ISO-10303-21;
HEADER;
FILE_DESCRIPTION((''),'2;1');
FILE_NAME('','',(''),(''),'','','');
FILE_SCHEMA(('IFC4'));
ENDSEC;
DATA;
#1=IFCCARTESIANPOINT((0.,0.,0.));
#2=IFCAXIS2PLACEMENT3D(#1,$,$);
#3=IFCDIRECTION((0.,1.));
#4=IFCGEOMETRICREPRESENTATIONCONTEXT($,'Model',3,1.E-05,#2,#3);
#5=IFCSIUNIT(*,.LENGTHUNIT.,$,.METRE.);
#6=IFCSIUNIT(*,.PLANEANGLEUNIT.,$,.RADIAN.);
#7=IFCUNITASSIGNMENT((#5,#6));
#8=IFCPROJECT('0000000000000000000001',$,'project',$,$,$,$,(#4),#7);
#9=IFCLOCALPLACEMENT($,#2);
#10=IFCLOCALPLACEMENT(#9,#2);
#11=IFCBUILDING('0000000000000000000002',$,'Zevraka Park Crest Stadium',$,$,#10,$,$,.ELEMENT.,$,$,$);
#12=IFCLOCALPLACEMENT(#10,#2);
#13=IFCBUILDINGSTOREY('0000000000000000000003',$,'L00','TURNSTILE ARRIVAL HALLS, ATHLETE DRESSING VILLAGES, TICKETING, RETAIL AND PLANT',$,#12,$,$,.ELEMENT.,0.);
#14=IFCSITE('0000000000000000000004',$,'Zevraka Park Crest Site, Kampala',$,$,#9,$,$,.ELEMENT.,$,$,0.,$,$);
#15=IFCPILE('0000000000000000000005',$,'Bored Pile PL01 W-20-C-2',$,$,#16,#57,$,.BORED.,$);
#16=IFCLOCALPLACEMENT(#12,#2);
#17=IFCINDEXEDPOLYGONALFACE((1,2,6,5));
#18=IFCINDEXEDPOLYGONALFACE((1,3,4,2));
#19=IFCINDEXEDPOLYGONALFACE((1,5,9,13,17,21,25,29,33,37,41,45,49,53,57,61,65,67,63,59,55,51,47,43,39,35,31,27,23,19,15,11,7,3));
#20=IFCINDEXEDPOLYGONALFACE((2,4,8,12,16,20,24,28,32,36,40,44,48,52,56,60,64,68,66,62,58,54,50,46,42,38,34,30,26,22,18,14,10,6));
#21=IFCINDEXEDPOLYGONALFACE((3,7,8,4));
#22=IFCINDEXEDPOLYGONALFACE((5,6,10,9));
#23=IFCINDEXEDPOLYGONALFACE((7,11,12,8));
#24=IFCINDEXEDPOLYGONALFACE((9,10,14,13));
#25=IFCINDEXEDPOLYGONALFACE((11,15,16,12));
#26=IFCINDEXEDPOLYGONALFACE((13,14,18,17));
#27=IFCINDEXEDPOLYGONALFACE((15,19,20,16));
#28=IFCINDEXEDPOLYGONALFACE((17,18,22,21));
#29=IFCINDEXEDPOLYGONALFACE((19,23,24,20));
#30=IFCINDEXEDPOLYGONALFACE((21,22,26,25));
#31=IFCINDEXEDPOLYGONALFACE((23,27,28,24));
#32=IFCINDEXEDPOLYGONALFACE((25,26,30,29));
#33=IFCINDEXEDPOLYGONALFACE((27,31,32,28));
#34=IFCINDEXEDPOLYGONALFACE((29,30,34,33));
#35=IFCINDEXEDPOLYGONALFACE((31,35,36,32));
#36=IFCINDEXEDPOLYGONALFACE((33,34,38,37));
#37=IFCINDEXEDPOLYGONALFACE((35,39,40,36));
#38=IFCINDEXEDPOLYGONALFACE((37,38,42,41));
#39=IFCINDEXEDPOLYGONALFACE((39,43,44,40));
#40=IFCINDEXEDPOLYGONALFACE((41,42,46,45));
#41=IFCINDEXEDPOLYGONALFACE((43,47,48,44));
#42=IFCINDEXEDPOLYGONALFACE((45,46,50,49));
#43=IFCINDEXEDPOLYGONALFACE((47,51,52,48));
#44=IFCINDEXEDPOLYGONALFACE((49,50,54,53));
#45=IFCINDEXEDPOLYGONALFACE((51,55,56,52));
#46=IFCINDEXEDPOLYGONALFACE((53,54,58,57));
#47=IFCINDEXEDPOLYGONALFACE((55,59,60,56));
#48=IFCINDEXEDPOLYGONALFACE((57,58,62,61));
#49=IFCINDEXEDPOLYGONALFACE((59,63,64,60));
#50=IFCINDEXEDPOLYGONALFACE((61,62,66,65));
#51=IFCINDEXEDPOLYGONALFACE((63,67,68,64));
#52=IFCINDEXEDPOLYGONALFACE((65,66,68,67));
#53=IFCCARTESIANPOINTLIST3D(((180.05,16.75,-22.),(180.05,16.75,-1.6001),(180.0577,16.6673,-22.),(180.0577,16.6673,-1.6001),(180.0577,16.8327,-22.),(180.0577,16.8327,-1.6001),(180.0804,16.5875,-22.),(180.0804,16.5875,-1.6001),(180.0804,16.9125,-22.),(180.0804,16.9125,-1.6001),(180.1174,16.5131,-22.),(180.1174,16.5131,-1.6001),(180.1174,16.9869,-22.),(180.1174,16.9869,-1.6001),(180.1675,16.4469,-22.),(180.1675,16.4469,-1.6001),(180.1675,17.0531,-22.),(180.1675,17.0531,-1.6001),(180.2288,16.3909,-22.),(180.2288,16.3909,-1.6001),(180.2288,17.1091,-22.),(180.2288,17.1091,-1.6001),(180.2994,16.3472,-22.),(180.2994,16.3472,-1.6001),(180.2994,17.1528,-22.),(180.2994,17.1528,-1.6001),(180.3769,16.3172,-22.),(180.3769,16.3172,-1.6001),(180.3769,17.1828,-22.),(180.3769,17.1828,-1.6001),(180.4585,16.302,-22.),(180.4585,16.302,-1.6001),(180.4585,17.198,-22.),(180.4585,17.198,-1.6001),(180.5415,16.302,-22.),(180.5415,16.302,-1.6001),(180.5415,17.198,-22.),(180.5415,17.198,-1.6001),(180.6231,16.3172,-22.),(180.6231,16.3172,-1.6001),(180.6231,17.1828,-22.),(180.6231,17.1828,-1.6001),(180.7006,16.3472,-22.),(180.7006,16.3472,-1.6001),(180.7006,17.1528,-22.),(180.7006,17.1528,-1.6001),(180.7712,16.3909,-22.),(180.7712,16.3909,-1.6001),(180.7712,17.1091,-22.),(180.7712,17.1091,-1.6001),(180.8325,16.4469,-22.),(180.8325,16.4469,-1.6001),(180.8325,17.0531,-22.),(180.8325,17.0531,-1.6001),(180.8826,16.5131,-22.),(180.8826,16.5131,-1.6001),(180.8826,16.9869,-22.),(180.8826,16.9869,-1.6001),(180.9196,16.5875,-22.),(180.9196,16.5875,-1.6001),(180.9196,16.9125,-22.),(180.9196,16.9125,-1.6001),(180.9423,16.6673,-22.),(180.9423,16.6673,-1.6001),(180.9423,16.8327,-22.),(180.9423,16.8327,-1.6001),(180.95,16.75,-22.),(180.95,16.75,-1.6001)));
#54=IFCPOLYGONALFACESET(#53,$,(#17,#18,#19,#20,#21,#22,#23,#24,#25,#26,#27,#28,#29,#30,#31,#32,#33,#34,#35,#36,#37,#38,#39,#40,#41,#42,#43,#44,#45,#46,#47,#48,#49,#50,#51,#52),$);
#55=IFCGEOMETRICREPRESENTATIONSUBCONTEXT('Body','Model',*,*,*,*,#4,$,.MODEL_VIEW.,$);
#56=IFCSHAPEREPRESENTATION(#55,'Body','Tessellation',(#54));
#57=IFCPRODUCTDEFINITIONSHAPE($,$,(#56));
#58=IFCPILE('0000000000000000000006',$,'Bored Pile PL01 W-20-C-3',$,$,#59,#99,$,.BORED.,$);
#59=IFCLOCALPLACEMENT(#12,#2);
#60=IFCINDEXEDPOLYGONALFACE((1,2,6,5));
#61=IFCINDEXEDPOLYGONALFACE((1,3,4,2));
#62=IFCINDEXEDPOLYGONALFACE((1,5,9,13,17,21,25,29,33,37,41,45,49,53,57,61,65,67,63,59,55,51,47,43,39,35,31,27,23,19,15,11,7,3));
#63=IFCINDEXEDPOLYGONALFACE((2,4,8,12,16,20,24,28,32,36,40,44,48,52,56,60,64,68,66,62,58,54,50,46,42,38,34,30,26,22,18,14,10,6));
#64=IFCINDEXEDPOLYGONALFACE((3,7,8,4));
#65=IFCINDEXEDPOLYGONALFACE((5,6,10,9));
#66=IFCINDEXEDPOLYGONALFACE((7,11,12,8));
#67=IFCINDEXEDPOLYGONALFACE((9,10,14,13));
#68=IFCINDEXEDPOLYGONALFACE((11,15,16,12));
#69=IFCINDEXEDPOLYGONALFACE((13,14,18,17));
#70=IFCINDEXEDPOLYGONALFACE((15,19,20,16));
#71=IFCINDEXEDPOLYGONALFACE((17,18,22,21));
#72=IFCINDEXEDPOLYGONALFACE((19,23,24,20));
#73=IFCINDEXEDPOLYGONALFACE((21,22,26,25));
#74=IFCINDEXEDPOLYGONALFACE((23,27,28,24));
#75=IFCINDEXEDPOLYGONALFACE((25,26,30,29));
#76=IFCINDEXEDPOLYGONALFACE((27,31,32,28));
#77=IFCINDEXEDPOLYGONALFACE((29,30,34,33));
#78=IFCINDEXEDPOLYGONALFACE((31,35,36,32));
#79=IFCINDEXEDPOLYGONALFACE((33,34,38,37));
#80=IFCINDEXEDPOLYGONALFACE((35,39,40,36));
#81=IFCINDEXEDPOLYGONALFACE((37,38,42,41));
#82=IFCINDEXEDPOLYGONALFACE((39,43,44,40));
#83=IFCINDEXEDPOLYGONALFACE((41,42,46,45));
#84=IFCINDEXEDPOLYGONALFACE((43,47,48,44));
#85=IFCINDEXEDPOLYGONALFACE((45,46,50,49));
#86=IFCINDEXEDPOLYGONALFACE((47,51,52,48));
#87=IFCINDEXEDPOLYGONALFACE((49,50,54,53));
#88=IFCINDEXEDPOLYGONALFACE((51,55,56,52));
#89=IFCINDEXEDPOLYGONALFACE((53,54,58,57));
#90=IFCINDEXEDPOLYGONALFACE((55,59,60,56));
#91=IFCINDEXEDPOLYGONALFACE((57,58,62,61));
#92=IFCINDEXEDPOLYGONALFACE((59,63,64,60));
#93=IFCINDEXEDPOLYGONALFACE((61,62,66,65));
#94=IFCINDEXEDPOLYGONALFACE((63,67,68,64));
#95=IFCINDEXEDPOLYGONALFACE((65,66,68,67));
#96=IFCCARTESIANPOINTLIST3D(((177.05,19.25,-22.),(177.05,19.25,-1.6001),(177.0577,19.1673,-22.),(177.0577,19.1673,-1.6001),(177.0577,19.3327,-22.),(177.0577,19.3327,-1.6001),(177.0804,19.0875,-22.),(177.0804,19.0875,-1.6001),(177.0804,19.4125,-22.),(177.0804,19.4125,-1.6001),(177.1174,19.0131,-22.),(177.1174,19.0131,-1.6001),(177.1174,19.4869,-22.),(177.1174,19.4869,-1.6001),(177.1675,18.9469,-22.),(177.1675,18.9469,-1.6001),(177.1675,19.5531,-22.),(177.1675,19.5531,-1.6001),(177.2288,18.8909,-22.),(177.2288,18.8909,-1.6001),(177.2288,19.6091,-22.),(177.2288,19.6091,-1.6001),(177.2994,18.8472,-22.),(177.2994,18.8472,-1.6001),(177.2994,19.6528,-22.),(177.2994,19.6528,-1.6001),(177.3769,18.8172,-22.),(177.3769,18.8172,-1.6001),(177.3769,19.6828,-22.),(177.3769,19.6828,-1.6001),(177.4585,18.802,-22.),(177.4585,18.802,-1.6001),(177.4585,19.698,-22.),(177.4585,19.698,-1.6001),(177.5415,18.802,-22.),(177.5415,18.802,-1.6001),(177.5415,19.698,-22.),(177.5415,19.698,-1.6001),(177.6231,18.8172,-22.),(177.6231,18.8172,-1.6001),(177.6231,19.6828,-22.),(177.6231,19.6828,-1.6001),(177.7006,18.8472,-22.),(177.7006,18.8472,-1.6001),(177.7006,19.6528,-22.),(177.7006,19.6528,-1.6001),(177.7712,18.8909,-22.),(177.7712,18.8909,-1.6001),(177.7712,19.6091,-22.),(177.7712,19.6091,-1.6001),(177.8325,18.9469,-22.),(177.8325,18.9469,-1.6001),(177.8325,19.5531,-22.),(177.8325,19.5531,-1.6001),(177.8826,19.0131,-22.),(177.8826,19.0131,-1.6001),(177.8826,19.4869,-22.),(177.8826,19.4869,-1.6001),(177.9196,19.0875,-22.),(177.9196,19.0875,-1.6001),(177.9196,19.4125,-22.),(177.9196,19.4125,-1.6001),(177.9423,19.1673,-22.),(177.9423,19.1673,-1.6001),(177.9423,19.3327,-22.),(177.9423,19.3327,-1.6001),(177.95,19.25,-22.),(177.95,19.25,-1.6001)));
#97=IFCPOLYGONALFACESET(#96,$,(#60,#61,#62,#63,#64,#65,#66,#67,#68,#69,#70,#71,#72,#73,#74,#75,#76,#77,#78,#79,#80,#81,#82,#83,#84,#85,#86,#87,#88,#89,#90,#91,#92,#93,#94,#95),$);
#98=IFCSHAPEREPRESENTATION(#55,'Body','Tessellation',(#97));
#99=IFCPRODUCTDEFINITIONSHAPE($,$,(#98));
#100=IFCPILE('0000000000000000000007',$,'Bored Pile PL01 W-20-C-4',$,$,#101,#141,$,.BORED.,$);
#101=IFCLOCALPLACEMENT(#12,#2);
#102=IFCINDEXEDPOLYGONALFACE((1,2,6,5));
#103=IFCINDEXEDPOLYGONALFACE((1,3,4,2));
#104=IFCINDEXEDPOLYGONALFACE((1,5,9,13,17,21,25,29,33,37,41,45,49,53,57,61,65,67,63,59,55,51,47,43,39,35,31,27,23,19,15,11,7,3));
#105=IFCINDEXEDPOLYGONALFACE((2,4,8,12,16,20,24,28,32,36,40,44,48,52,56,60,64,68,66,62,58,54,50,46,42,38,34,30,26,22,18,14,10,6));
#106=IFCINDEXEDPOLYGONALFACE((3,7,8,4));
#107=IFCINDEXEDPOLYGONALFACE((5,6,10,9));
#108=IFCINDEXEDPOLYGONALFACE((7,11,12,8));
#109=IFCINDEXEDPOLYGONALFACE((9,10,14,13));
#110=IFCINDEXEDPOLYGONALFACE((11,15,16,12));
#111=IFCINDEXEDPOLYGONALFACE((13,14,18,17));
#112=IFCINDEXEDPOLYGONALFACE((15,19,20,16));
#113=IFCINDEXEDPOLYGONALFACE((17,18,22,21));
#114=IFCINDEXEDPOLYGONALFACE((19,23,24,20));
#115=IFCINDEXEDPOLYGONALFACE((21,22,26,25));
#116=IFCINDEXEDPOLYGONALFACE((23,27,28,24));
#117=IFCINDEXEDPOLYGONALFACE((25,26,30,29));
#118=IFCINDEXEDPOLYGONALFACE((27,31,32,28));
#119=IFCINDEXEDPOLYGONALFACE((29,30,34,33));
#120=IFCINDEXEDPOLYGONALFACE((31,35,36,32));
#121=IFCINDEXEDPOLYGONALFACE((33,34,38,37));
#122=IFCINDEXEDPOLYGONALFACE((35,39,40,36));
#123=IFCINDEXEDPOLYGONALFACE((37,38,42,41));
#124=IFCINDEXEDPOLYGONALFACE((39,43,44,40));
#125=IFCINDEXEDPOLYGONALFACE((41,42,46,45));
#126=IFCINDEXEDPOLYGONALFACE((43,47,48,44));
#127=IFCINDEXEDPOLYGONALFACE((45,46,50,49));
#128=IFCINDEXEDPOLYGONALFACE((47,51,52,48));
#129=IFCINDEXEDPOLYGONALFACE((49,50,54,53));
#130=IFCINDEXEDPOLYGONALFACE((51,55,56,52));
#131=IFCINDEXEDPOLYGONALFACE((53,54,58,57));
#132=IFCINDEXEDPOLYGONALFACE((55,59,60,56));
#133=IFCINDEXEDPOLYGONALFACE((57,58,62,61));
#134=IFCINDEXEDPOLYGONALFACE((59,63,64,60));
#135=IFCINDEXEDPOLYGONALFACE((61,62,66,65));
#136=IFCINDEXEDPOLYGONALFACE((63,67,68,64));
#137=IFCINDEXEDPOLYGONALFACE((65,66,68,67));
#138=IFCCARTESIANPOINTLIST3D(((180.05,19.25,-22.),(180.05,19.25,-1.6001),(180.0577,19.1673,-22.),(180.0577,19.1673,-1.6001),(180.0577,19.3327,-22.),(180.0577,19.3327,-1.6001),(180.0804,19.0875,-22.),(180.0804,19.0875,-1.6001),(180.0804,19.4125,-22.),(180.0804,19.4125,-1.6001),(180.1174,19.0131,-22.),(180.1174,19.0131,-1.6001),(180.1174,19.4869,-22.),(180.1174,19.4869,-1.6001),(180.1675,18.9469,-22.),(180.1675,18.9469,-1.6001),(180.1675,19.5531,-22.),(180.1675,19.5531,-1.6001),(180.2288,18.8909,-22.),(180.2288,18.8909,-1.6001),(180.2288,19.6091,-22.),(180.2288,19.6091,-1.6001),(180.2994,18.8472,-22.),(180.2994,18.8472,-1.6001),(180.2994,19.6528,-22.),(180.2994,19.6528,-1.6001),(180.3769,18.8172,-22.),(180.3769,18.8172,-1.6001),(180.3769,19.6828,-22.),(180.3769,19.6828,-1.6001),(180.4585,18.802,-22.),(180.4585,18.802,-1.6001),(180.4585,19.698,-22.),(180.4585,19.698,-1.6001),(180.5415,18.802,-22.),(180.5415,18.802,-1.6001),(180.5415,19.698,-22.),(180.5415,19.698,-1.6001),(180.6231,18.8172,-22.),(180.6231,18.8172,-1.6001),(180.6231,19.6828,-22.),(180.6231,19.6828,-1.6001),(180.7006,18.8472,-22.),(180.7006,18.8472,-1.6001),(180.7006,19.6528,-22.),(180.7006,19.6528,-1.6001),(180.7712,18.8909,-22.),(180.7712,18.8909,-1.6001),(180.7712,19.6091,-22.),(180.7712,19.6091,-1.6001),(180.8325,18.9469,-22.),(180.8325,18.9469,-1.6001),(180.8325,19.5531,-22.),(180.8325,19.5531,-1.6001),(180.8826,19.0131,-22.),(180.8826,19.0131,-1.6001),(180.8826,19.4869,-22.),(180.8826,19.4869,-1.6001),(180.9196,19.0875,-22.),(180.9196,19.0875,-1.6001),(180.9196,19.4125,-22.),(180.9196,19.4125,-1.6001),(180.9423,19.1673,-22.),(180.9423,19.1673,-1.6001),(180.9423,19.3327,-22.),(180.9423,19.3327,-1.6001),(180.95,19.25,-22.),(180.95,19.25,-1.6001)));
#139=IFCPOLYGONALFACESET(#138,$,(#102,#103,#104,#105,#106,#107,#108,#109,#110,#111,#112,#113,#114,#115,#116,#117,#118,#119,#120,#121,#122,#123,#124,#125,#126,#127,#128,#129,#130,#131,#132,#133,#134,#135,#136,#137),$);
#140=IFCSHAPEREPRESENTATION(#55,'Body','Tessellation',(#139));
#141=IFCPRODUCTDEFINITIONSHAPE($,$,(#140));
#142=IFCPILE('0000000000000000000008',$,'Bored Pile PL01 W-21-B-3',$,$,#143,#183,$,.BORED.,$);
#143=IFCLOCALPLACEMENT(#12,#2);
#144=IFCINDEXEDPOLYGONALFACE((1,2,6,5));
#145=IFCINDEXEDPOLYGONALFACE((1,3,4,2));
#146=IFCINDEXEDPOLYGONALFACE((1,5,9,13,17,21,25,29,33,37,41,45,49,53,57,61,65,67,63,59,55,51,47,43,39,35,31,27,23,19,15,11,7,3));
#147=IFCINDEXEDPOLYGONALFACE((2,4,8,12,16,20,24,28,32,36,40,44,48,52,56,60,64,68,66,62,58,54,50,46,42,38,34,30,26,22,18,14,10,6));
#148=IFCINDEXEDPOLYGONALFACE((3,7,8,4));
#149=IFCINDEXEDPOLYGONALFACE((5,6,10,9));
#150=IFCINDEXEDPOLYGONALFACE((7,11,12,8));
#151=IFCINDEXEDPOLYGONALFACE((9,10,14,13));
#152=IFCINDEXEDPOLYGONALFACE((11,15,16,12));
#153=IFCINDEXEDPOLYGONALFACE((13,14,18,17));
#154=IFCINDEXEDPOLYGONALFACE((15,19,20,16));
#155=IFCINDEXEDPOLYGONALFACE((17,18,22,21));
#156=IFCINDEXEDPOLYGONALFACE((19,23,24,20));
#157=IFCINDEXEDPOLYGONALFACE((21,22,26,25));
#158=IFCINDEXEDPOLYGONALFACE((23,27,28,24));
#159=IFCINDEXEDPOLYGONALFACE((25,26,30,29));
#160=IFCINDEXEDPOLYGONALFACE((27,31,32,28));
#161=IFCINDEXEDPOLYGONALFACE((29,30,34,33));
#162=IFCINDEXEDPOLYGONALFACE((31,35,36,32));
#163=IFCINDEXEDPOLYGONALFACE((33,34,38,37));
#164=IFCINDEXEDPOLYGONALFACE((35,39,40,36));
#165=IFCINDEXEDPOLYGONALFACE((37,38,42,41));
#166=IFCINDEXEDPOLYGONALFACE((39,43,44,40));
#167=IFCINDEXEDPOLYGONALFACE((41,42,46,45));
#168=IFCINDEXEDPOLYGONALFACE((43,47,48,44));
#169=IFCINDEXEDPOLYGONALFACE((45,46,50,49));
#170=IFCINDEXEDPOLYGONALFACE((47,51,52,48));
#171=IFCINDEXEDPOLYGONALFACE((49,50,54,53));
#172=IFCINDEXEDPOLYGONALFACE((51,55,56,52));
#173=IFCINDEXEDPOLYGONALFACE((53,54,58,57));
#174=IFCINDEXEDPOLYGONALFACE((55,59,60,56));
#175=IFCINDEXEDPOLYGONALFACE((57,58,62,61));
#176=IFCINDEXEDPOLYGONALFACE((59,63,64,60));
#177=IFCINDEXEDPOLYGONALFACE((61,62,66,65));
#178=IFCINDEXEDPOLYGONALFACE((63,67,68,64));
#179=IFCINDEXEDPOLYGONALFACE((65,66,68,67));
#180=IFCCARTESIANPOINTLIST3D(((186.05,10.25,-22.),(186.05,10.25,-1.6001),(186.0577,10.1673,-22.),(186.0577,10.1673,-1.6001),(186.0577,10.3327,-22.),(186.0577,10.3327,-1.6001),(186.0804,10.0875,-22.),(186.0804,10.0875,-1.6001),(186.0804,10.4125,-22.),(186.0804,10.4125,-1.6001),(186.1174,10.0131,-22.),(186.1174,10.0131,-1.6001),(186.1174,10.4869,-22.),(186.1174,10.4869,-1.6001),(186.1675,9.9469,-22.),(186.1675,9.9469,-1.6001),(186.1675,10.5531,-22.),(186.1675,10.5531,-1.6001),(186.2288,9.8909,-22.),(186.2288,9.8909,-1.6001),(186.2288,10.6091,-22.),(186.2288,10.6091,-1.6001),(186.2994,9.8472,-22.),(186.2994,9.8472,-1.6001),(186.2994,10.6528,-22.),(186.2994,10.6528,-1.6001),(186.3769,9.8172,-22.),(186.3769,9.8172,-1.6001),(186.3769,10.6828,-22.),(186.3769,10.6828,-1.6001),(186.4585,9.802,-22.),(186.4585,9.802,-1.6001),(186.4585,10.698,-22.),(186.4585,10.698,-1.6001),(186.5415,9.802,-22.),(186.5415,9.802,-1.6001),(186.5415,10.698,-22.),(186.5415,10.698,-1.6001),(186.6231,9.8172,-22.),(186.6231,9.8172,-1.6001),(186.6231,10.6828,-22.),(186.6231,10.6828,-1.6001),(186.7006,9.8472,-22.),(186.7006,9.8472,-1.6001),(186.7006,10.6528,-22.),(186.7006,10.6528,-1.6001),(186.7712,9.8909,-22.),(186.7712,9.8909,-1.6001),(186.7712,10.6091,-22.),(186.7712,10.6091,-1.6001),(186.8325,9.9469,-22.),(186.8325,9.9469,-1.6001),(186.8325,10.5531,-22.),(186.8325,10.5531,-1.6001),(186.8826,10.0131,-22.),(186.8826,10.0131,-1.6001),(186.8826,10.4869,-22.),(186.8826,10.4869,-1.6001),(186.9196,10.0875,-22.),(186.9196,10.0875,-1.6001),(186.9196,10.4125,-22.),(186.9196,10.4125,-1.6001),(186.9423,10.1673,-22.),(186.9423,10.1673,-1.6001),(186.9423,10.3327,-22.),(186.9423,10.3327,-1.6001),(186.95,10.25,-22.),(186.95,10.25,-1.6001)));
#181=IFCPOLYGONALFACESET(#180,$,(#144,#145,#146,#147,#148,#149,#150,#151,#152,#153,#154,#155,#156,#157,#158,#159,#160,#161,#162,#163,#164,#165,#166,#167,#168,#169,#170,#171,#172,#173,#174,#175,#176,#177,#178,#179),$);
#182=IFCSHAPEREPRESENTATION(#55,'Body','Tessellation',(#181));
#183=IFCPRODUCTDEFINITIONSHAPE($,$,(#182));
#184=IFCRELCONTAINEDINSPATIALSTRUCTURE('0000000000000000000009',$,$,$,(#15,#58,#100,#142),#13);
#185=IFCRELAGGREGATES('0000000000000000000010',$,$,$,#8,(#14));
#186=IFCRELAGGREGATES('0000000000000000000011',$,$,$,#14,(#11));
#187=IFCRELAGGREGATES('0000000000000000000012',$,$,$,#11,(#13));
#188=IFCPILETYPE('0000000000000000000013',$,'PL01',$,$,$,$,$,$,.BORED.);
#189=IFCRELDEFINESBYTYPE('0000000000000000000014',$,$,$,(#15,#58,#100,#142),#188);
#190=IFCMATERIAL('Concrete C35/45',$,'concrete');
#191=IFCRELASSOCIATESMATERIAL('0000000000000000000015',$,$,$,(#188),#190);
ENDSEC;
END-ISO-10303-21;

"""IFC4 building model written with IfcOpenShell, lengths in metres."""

from ifc_helpers import new_model, si_unit, direction, frame, origin, origin_2d, place, context, subcontext, project, spatial, circle, extrude, material, material_profile, profile_set, type_object, element, save


model = new_model("IFC4")

# Units and contexts
model_context = context("Model", 3, precision=1e-05, world=origin(), true_north=direction((0.0, 1.0)))
body_context = subcontext(model_context, "Body", "Model", "MODEL_VIEW")
ifc_project = project(units=[si_unit("LENGTHUNIT", "METRE"), si_unit("PLANEANGLEUNIT", "RADIAN")], contexts=[model_context])

# Site, building, storey
site_placement = place(None, origin())
site = spatial("IfcSite", under=ifc_project, at=site_placement, Name="Zevraka Park Crest Site, Kampala", CompositionType="ELEMENT", RefElevation=0.0)
building_placement = place(site_placement, origin())
building = spatial("IfcBuilding", under=site, at=building_placement, Name="Zevraka Park Crest Stadium", CompositionType="ELEMENT")
storey_placement = place(building_placement, origin())
storey = spatial("IfcBuildingStorey", under=building, at=storey_placement, Name="L00", Description="TURNSTILE ARRIVAL HALLS, ATHLETE DRESSING VILLAGES, TICKETING, RETAIL AND PLANT", CompositionType="ELEMENT", Elevation=0.0)

# Piles
ifc_material_1 = material(Name="Concrete C35/45", Category="concrete")
ifc_material_profile_1 = material_profile(ifc_material_1, circle(Radius=0.45, at=origin_2d()), Name="PILE D900")
ifc_profile_set_1 = profile_set([ifc_material_profile_1], Name="Concrete C35/45")
pile_type_1 = type_object("IfcPileType", Name="PL01", PredefinedType="BORED", material=ifc_profile_set_1)
for number, where, z_axis, x_axis, name in (
    (1, (180.5, 16.75, -1.6001), (0.0, 0.0, -1.0), (1.0, 0.0, 0.0), "Bored Pile PL01 W-20-C-2"),
    (2, (177.5, 19.25, -1.6001), (0.0, 0.0, -1.0), (1.0, 0.0, 0.0), "Bored Pile PL01 W-20-C-3"),
    (3, (180.5, 19.25, -1.6001), (0.0, 0.0, -1.0), (1.0, 0.0, 0.0), "Bored Pile PL01 W-20-C-4"),
    (4, (186.5, 10.25, -1.6001), (0.0, 0.0, -1.0), (1.0, 0.0, 0.0), "Bored Pile PL01 W-21-B-3"),
):
    element("IfcPile", number, at=place(storey_placement, frame(where, z_axis=z_axis, x_axis=x_axis)), inside=storey, type_object=pile_type_1, Name=name, PredefinedType="BORED", context=body_context, shape_type="SweptSolid", body=[
        extrude(circle(Radius=0.45, at=origin_2d()), origin(), (0.0, 0.0, 1.0), 20.3999),
    ])

save(model, "model.ifc")
